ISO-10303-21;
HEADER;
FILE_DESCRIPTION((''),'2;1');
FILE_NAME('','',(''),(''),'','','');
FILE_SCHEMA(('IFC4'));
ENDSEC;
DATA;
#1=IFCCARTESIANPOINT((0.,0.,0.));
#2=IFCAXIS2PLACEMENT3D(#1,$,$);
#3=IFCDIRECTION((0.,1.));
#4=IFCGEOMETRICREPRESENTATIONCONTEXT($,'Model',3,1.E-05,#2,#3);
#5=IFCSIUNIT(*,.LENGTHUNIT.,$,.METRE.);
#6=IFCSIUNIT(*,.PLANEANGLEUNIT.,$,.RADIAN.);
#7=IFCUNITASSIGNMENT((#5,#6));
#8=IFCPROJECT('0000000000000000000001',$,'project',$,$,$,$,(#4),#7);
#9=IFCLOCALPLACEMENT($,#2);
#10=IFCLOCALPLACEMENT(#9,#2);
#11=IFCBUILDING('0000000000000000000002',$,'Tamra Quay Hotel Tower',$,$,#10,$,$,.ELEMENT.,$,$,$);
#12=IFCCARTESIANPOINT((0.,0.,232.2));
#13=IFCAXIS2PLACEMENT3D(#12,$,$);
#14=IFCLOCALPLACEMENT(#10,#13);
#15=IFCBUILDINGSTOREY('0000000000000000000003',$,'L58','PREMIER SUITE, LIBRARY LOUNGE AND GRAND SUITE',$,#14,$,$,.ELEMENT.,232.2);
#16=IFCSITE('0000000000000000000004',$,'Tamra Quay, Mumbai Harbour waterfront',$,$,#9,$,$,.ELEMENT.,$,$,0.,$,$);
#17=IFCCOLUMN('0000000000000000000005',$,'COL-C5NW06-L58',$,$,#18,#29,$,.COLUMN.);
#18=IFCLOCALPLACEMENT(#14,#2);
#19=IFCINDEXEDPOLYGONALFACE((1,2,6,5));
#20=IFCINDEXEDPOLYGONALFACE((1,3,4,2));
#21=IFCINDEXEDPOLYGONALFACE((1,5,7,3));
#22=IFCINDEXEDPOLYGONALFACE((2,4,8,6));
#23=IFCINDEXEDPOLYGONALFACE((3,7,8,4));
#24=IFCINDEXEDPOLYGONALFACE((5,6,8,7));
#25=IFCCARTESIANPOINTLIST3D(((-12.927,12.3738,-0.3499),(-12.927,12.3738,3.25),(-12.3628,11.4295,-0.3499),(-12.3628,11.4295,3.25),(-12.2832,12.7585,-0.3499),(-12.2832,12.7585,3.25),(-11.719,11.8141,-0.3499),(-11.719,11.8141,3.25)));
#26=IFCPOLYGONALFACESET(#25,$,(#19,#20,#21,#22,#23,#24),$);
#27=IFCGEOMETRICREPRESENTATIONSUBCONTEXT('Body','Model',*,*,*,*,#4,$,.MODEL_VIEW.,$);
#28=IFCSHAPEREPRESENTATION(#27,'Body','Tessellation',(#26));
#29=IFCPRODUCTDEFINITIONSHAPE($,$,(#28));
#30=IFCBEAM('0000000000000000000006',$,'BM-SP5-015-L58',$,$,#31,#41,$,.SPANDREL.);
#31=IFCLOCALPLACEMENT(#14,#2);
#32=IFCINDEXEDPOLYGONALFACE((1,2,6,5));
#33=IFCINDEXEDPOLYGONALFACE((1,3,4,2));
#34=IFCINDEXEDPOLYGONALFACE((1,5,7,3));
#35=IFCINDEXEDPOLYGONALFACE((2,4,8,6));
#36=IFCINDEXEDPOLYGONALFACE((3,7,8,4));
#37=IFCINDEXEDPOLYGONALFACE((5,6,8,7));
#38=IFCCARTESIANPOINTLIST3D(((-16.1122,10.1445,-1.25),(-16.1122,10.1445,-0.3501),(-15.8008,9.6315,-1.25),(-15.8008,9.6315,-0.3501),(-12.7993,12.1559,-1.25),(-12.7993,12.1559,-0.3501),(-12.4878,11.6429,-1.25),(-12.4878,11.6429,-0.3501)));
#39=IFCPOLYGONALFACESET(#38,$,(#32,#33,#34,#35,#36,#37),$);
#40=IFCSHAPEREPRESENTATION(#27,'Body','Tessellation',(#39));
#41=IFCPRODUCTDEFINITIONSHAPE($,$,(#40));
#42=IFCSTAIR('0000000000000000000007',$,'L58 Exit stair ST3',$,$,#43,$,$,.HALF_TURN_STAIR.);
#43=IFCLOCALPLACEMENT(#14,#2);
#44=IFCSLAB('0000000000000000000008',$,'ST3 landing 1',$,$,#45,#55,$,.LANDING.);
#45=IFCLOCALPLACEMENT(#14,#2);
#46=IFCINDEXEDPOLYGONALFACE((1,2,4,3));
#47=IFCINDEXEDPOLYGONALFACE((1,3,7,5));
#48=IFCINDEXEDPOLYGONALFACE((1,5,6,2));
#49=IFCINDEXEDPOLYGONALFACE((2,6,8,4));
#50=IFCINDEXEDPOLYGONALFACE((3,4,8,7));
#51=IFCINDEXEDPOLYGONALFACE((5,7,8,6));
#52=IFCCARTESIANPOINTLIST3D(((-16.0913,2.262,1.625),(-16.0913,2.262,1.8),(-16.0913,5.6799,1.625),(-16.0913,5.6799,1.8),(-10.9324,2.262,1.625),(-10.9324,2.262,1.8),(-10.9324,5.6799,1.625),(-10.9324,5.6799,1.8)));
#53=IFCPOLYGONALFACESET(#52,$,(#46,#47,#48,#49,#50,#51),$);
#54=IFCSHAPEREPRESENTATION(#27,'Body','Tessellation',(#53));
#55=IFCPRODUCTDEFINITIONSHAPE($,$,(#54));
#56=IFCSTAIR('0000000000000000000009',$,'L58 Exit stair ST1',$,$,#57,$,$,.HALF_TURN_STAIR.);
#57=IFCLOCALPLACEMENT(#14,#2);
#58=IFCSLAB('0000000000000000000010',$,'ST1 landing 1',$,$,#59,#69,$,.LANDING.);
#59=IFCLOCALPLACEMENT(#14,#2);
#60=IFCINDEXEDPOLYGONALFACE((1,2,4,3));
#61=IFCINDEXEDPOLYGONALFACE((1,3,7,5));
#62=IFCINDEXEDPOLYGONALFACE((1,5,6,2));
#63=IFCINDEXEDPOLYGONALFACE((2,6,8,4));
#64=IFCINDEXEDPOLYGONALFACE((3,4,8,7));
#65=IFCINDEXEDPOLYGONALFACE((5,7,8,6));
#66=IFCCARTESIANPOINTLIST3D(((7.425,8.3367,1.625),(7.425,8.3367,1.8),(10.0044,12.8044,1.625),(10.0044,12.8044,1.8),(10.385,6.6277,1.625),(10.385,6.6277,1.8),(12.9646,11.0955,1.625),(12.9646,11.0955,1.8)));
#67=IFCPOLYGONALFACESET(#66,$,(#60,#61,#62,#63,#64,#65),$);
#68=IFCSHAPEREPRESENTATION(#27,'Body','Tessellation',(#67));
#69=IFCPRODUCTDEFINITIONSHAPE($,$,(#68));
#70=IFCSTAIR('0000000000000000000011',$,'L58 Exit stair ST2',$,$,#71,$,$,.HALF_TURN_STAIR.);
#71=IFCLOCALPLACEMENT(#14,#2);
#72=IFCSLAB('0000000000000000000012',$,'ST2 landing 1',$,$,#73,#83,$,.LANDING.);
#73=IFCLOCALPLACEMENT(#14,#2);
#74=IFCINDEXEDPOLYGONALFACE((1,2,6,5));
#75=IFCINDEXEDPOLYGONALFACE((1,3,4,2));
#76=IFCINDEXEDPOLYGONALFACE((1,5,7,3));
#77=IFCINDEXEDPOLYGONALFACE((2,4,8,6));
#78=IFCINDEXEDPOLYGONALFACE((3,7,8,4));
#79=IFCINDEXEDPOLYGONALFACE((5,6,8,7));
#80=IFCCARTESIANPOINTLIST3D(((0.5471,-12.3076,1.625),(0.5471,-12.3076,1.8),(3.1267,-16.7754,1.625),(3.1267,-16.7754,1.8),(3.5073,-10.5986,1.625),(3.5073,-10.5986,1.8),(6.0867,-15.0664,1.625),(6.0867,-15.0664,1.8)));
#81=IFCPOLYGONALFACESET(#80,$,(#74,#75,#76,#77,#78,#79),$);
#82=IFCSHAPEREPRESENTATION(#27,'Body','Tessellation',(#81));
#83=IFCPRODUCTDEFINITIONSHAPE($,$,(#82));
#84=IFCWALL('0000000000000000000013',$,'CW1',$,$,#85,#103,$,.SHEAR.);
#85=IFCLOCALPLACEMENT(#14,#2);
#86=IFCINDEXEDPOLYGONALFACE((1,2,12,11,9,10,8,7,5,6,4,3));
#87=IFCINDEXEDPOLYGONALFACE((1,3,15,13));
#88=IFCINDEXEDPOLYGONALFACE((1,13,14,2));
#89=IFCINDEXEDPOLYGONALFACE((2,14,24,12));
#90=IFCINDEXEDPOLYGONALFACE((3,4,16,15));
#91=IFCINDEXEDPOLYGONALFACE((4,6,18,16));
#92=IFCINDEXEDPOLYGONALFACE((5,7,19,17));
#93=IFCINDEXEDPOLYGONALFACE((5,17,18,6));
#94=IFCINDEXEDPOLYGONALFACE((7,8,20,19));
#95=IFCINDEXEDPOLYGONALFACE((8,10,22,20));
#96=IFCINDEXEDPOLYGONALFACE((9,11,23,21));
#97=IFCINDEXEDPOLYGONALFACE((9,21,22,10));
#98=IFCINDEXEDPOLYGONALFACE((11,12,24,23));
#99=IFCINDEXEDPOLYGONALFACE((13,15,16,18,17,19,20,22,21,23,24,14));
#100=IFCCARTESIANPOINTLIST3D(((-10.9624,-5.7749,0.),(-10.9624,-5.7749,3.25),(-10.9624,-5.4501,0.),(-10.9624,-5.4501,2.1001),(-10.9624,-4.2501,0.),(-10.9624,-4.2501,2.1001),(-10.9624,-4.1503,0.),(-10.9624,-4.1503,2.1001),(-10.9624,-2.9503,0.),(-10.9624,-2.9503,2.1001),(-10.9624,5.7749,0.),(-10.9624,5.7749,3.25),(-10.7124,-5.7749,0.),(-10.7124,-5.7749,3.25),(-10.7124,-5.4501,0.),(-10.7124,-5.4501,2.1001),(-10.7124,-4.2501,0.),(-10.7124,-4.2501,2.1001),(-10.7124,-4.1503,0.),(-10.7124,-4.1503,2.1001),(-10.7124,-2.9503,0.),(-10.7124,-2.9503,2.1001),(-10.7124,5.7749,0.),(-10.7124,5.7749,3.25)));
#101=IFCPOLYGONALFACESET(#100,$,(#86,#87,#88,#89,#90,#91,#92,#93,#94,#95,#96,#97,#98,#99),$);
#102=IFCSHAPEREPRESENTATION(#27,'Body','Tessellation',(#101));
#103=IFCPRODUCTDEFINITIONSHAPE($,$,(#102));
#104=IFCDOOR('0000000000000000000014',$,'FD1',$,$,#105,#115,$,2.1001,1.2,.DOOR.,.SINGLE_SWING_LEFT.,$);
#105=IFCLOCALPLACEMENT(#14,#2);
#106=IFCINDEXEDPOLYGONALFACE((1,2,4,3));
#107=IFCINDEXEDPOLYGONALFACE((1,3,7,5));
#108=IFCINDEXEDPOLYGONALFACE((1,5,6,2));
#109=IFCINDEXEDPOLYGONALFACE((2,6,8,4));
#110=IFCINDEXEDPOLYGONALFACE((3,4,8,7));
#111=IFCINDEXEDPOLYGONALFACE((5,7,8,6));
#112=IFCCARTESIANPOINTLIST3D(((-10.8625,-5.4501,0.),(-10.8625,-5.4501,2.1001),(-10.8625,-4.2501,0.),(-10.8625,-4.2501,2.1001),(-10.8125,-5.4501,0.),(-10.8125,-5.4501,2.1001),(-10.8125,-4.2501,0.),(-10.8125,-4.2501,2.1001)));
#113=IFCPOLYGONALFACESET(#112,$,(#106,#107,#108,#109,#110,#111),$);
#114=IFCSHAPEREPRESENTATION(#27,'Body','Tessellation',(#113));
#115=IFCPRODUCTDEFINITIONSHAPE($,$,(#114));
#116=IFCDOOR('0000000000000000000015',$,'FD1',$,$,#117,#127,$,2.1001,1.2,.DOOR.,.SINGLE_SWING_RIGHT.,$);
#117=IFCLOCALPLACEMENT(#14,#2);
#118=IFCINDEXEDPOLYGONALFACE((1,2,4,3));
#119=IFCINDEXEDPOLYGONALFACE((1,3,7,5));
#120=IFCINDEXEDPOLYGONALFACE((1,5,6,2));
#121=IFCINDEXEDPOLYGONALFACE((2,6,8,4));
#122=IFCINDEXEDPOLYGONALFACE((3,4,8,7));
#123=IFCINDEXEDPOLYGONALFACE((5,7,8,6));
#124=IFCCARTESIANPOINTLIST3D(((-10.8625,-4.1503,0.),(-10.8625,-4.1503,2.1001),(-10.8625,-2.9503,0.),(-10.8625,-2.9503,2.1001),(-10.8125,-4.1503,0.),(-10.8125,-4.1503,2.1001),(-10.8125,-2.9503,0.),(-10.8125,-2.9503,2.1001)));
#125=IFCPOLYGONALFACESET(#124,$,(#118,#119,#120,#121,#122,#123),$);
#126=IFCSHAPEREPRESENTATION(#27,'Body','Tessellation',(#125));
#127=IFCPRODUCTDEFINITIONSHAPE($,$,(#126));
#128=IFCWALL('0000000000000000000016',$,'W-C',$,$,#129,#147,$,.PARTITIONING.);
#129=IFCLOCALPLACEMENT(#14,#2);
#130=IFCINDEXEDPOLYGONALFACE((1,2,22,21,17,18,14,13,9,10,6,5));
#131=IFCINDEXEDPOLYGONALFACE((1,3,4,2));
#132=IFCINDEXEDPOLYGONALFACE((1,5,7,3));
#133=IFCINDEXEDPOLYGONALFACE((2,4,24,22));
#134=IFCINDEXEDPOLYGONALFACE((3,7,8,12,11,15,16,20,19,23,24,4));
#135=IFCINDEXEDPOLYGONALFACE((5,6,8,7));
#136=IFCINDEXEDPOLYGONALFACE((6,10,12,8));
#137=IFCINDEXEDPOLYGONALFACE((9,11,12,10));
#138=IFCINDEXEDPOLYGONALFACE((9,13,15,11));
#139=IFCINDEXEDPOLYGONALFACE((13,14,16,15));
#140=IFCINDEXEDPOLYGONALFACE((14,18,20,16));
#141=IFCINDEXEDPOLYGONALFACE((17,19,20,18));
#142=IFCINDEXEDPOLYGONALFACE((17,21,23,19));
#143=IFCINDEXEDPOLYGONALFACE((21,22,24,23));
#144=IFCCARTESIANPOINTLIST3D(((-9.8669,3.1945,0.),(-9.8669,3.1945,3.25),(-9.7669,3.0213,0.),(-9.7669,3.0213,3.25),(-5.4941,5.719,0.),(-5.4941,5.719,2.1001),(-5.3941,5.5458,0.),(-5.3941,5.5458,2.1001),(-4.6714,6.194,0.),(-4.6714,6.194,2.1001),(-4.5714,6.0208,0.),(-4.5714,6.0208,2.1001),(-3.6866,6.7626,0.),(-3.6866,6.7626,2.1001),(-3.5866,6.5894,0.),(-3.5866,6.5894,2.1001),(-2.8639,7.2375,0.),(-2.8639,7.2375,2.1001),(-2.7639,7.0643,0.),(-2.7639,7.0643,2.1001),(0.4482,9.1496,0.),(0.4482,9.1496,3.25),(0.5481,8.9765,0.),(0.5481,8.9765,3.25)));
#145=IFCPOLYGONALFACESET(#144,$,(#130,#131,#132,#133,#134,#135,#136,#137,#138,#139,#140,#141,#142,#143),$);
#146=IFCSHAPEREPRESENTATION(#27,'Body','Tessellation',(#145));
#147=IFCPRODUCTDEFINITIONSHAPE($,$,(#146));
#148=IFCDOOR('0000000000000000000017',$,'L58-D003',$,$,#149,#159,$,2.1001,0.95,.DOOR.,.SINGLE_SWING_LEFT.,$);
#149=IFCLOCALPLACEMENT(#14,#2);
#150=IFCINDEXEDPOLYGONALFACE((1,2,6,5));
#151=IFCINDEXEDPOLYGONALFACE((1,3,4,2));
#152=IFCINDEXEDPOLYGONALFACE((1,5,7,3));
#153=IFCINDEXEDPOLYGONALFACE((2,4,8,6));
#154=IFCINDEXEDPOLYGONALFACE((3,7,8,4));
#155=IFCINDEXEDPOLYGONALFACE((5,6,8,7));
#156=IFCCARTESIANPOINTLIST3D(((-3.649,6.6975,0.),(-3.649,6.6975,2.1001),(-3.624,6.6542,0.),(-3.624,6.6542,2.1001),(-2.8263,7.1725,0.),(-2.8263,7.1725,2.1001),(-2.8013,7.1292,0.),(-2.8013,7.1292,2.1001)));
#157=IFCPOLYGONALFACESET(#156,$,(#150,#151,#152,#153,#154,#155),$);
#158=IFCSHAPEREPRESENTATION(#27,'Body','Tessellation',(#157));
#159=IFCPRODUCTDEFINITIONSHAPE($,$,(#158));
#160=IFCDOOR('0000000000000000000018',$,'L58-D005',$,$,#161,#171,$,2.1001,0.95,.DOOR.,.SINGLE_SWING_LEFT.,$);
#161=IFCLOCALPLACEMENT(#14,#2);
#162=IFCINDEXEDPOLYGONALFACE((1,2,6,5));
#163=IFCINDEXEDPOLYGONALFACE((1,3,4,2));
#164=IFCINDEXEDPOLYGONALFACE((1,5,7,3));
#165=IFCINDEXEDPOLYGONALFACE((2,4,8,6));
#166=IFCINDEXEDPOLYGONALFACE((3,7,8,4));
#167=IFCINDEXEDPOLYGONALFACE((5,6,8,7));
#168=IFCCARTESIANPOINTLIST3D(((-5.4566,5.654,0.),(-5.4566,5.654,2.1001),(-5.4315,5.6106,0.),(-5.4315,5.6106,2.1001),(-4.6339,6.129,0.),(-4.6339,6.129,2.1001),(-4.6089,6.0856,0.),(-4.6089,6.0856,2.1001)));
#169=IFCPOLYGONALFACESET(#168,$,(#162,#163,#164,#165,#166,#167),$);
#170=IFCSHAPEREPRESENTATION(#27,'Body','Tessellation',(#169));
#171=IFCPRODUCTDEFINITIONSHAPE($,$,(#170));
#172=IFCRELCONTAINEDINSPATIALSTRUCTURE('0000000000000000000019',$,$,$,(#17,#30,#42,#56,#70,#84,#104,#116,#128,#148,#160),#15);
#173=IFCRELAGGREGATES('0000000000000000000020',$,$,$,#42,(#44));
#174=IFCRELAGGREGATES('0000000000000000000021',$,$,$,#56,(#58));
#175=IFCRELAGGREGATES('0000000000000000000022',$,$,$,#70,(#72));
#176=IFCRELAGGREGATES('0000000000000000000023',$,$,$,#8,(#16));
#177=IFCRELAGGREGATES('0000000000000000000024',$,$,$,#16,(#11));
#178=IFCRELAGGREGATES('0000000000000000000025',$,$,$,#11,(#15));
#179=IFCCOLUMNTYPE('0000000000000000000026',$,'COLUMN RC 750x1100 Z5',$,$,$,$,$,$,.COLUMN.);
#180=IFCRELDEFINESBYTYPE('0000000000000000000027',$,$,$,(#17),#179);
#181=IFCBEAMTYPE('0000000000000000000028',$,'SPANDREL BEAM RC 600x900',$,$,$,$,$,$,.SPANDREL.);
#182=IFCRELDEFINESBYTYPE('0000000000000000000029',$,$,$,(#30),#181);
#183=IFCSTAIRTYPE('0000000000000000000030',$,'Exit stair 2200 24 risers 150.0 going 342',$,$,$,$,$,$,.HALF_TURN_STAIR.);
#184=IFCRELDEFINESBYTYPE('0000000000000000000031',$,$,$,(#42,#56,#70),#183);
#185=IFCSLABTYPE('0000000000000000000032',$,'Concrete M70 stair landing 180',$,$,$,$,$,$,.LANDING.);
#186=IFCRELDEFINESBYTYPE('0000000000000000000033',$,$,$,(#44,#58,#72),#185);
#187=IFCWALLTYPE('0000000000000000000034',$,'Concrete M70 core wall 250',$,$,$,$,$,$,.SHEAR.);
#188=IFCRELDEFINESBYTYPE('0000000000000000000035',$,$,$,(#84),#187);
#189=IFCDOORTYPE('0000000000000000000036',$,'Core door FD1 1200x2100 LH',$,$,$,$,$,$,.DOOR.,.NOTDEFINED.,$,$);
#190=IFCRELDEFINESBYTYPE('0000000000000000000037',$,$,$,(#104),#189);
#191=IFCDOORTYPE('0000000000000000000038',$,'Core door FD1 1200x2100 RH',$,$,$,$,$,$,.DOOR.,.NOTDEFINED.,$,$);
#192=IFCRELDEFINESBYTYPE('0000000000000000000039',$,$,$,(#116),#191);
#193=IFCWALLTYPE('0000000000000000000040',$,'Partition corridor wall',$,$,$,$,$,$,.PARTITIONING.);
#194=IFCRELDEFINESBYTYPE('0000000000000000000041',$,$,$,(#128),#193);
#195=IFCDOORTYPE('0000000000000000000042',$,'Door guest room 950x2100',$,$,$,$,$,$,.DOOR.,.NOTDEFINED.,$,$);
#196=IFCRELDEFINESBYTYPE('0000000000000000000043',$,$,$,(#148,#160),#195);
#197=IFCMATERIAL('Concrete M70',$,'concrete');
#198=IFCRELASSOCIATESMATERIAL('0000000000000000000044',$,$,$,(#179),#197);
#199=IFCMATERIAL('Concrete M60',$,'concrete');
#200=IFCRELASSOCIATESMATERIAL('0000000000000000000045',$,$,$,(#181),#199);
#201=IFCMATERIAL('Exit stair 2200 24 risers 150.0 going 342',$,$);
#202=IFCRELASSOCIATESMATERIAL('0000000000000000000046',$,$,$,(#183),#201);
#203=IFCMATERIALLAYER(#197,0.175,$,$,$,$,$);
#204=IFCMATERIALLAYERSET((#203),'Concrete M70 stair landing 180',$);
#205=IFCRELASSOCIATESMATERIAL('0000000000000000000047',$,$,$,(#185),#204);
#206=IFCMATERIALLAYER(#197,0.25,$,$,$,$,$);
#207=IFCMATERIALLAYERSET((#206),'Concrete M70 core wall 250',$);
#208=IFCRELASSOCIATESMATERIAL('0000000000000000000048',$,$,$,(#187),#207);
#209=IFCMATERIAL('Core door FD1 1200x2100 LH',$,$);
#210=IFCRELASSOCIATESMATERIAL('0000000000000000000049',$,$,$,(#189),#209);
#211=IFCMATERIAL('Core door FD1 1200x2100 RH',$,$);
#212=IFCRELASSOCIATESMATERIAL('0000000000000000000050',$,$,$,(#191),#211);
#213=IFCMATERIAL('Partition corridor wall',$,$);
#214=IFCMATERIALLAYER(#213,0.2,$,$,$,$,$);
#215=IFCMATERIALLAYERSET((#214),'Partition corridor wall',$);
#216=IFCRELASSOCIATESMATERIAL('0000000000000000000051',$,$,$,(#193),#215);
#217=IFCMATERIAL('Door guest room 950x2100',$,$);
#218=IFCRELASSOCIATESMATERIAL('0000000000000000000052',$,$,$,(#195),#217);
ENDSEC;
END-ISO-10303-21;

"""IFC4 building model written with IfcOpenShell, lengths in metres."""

from ifc_helpers import new_model, si_unit, direction, frame, frame_2d, origin, origin_2d, place, context, subcontext, project, spatial, polyline, rectangle, outline, extrude, material, layer, layer_set, material_profile, profile_set, type_object, element, fill, aggregate, save


model = new_model("IFC4")

# Units and contexts
model_context = context("Model", 3, precision=1e-05, world=origin(), true_north=direction((0.0, 1.0)))
body_context = subcontext(model_context, "Body", "Model", "MODEL_VIEW")
ifc_project = project(units=[si_unit("LENGTHUNIT", "METRE"), si_unit("PLANEANGLEUNIT", "RADIAN")], contexts=[model_context])

# Site, building, storey
site_placement = place(None, origin())
site = spatial("IfcSite", under=ifc_project, at=site_placement, Name="Tamra Quay, Mumbai Harbour waterfront", CompositionType="ELEMENT", RefElevation=0.0)
building_placement = place(site_placement, origin())
building = spatial("IfcBuilding", under=site, at=building_placement, Name="Tamra Quay Hotel Tower", CompositionType="ELEMENT")
storey_placement = place(building_placement, frame((0.0, 0.0, 232.2)))
storey = spatial("IfcBuildingStorey", under=building, at=storey_placement, Name="L58", Description="PREMIER SUITE, LIBRARY LOUNGE AND GRAND SUITE", CompositionType="ELEMENT", Elevation=232.2)

# Column
ifc_material_1 = material(Name="Concrete M70", Category="concrete")
ifc_material_profile_1 = material_profile(ifc_material_1, rectangle(XDim=1.1001, YDim=0.75, at=origin_2d()), Name="COLUMN RC 750x1100 Z5")
ifc_profile_set_1 = profile_set([ifc_material_profile_1], Name="Concrete M70")
column_type = type_object("IfcColumnType", Name="COLUMN RC 750x1100 Z5", PredefinedType="COLUMN", material=ifc_profile_set_1)
column_placement = place(storey_placement, frame((-12.323, 12.094, -0.3499), z_axis=(0.0, 0.0, 1.0), x_axis=(-0.512899, 0.858449, 0.0)))
element("IfcColumn", 1, at=column_placement, inside=storey, type_object=column_type, Name="COL-C5NW06-L58", PredefinedType="COLUMN", context=body_context, shape_type="SweptSolid", body=[
    extrude(rectangle(XDim=1.1001, YDim=0.75, at=origin_2d()), origin(), (0.0, 0.0, 1.0), 3.5999),
])

# Beam
ifc_material_2 = material(Name="Concrete M60", Category="concrete")
ifc_material_profile_2 = material_profile(ifc_material_2, rectangle(XDim=0.6001, YDim=0.8999, at=origin_2d()), Name="SPANDREL BEAM RC 600x900")
ifc_profile_set_2 = profile_set([ifc_material_profile_2], Name="Concrete M60")
beam_type = type_object("IfcBeamType", Name="SPANDREL BEAM RC 600x900", PredefinedType="SPANDREL", material=ifc_profile_set_2)
beam_placement = place(storey_placement, frame((-12.6436, 11.8994, -0.8), z_axis=(-0.854786, -0.518981, 0.0), x_axis=(0.518981, -0.854786, 0.0)))
element("IfcBeam", 2, at=beam_placement, inside=storey, type_object=beam_type, Name="BM-SP5-015-L58", PredefinedType="SPANDREL", context=body_context, shape_type="SweptSolid", body=[
    extrude(rectangle(XDim=0.6001, YDim=0.8999, at=origin_2d()), origin(), (0.0, 0.0, 1.0), 3.8757),
])

# Stairs, slabs
ifc_material_3 = material(Name="Exit stair 2200 24 risers 150.0 going 342")
stair_type = type_object("IfcStairType", Name="Exit stair 2200 24 risers 150.0 going 342", PredefinedType="HALF_TURN_STAIR", material=ifc_material_3)
stair_1_placement = place(storey_placement, origin())
stair_1 = element("IfcStair", 3, at=stair_1_placement, inside=storey, type_object=stair_type, Name="L58 Exit stair ST3", PredefinedType="HALF_TURN_STAIR")
ifc_layer_1 = layer(ifc_material_1, 0.175)
ifc_layer_set_1 = layer_set([ifc_layer_1], Name="Concrete M70 stair landing 180")
slab_type_1 = type_object("IfcSlabType", Name="Concrete M70 stair landing 180", PredefinedType="LANDING", material=ifc_layer_set_1)
slab_1_placement = place(storey_placement, frame((0.0, 0.0, 1.625)))
slab_1 = element("IfcSlab", 4, at=slab_1_placement, type_object=slab_type_1, Name="ST3 landing 1", PredefinedType="LANDING", context=body_context, shape_type="SweptSolid", body=[
    extrude(outline(polyline([(-10.9324, 2.262), (-10.9324, 5.6799), (-16.0913, 5.6799), (-16.0913, 2.262), (-10.9324, 2.262)])), origin(), (0.0, 0.0, 1.0), 0.175),
])
aggregate(stair_1, [slab_1])
stair_2_placement = place(storey_placement, origin())
stair_2 = element("IfcStair", 5, at=stair_2_placement, inside=storey, type_object=stair_type, Name="L58 Exit stair ST1", PredefinedType="HALF_TURN_STAIR")
slab_2_placement = place(storey_placement, frame((0.0, 0.0, 1.625)))
slab_2 = element("IfcSlab", 6, at=slab_2_placement, type_object=slab_type_1, Name="ST1 landing 1", PredefinedType="LANDING", context=body_context, shape_type="SweptSolid", body=[
    extrude(outline(polyline([(7.425, 8.3367), (10.385, 6.6277), (12.9646, 11.0955), (10.0044, 12.8044), (7.425, 8.3367)])), origin(), (0.0, 0.0, 1.0), 0.175),
])
aggregate(stair_2, [slab_2])
stair_3_placement = place(storey_placement, origin())
stair_3 = element("IfcStair", 7, at=stair_3_placement, inside=storey, type_object=stair_type, Name="L58 Exit stair ST2", PredefinedType="HALF_TURN_STAIR")
slab_3_placement = place(storey_placement, frame((0.0, 0.0, 1.625)))
slab_3 = element("IfcSlab", 8, at=slab_3_placement, type_object=slab_type_1, Name="ST2 landing 1", PredefinedType="LANDING", context=body_context, shape_type="SweptSolid", body=[
    extrude(outline(polyline([(3.5073, -10.5986), (0.5471, -12.3076), (3.1267, -16.7754), (6.0867, -15.0664), (3.5073, -10.5986)])), origin(), (0.0, 0.0, 1.0), 0.175),
])
aggregate(stair_3, [slab_3])

# Walls, openings, doors
ifc_layer_2 = layer(ifc_material_1, 0.25)
ifc_layer_set_2 = layer_set([ifc_layer_2], Name="Concrete M70 core wall 250")
wall_type_1 = type_object("IfcWallType", Name="Concrete M70 core wall 250", PredefinedType="SHEAR", material=ifc_layer_set_2)
wall_1_placement = place(storey_placement, frame((-10.8374, 5.7749, 0.0), z_axis=(0.0, 0.0, 1.0), x_axis=(0.0, -1.0, 0.0)))
wall_1 = element("IfcWall", 9, at=wall_1_placement, inside=storey, type_object=wall_type_1, Name="CW1", PredefinedType="SHEAR", context=body_context, shape_type="SweptSolid", body=[
    extrude(rectangle(XDim=11.5498, YDim=0.25, at=frame_2d((5.7749, 0.0))), origin(), (0.0, 0.0, 1.0), 3.25),
])
opening_1_placement = place(wall_1_placement, frame((10.0249, 0.0, 0.0)))
opening_1 = element("IfcOpeningElement", 10, at=opening_1_placement, cuts=wall_1, PredefinedType="OPENING", context=body_context, shape_type="SweptSolid", body=[
    extrude(rectangle(XDim=1.2, YDim=2.1001, at=frame_2d((0.6001, 1.05))), frame((0.0, 0.135, 0.0), z_axis=(0.0, -1.0, 0.0), x_axis=(1.0, 0.0, 0.0)), (0.0, 0.0, 1.0), 0.27),
])
opening_2_placement = place(wall_1_placement, frame((8.7251, 0.0, 0.0)))
opening_2 = element("IfcOpeningElement", 11, at=opening_2_placement, cuts=wall_1, PredefinedType="OPENING", context=body_context, shape_type="SweptSolid", body=[
    extrude(rectangle(XDim=1.2, YDim=2.1001, at=frame_2d((0.6001, 1.05))), frame((0.0, 0.135, 0.0), z_axis=(0.0, -1.0, 0.0), x_axis=(1.0, 0.0, 0.0)), (0.0, 0.0, 1.0), 0.27),
])
ifc_material_4 = material(Name="Core door FD1 1200x2100 LH")
door_type_1 = type_object("IfcDoorType", Name="Core door FD1 1200x2100 LH", OperationType="NOTDEFINED", PredefinedType="DOOR", material=ifc_material_4)
door_1_placement = place(opening_1_placement, origin())
door_1 = element("IfcDoor", 12, at=door_1_placement, inside=storey, type_object=door_type_1, Name="FD1", OperationType="SINGLE_SWING_LEFT", OverallHeight=2.1001, OverallWidth=1.2, PredefinedType="DOOR", context=body_context, shape_type="SweptSolid", body=[
    extrude(rectangle(XDim=1.2, YDim=2.1001, at=frame_2d((0.6001, 1.05))), frame((0.0, 0.0249, 0.0), z_axis=(0.0, -1.0, 0.0), x_axis=(1.0, 0.0, 0.0)), (0.0, 0.0, 1.0), 0.05),
])
fill(opening_1, door_1)
ifc_material_5 = material(Name="Core door FD1 1200x2100 RH")
door_type_2 = type_object("IfcDoorType", Name="Core door FD1 1200x2100 RH", OperationType="NOTDEFINED", PredefinedType="DOOR", material=ifc_material_5)
door_2_placement = place(opening_2_placement, origin())
door_2 = element("IfcDoor", 13, at=door_2_placement, inside=storey, type_object=door_type_2, Name="FD1", OperationType="SINGLE_SWING_RIGHT", OverallHeight=2.1001, OverallWidth=1.2, PredefinedType="DOOR", context=body_context, shape_type="SweptSolid", body=[
    extrude(rectangle(XDim=1.2, YDim=2.1001, at=frame_2d((0.6001, 1.05))), frame((0.0, 0.0249, 0.0), z_axis=(0.0, -1.0, 0.0), x_axis=(1.0, 0.0, 0.0)), (0.0, 0.0, 1.0), 0.05),
])
fill(opening_2, door_2)
ifc_material_6 = material(Name="Partition corridor wall")
ifc_layer_3 = layer(ifc_material_6, 0.2)
ifc_layer_set_3 = layer_set([ifc_layer_3], Name="Partition corridor wall")
wall_type_2 = type_object("IfcWallType", Name="Partition corridor wall", PredefinedType="PARTITIONING", material=ifc_layer_set_3)
wall_2_placement = place(storey_placement, frame((-9.8169, 3.1079, 0.0), z_axis=(0.0, 0.0, 1.0), x_axis=(0.866035, 0.499984, 0.0)))
wall_2 = element("IfcWall", 14, at=wall_2_placement, inside=storey, type_object=wall_type_2, Name="W-C", PredefinedType="PARTITIONING", context=body_context, shape_type="SweptSolid", body=[
    extrude(rectangle(XDim=11.9106, YDim=0.2, at=frame_2d((5.9553, 0.0))), origin(), (0.0, 0.0, 1.0), 3.25),
])
opening_3_placement = place(wall_2_placement, frame((7.1362, 0.0, 0.0)))
opening_3 = element("IfcOpeningElement", 15, at=opening_3_placement, cuts=wall_2, PredefinedType="OPENING", context=body_context, shape_type="SweptSolid", body=[
    extrude(rectangle(XDim=0.95, YDim=2.1001, at=frame_2d((0.4751, 1.05))), frame((0.0, 0.1099, 0.0), z_axis=(0.0, -1.0, 0.0), x_axis=(1.0, 0.0, 0.0)), (0.0, 0.0, 1.0), 0.22),
])
opening_4_placement = place(wall_2_placement, frame((5.0491, 0.0, 0.0)))
opening_4 = element("IfcOpeningElement", 16, at=opening_4_placement, cuts=wall_2, PredefinedType="OPENING", context=body_context, shape_type="SweptSolid", body=[
    extrude(rectangle(XDim=0.95, YDim=2.1001, at=frame_2d((0.4751, 1.05))), frame((0.0, 0.1099, 0.0), z_axis=(0.0, -1.0, 0.0), x_axis=(1.0, 0.0, 0.0)), (0.0, 0.0, 1.0), 0.22),
])
ifc_material_7 = material(Name="Door guest room 950x2100")
door_type_3 = type_object("IfcDoorType", Name="Door guest room 950x2100", OperationType="NOTDEFINED", PredefinedType="DOOR", material=ifc_material_7)
door_3_placement = place(opening_3_placement, origin())
door_3 = element("IfcDoor", 17, at=door_3_placement, inside=storey, type_object=door_type_3, Name="L58-D003", OperationType="SINGLE_SWING_LEFT", OverallHeight=2.1001, OverallWidth=0.95, PredefinedType="DOOR", context=body_context, shape_type="SweptSolid", body=[
    extrude(rectangle(XDim=0.95, YDim=2.1001, at=frame_2d((0.4751, 1.05))), frame((0.0, 0.0249, 0.0), z_axis=(0.0, -1.0, 0.0), x_axis=(1.0, 0.0, 0.0)), (0.0, 0.0, 1.0), 0.05),
])
fill(opening_3, door_3)
door_4_placement = place(opening_4_placement, origin())
door_4 = element("IfcDoor", 18, at=door_4_placement, inside=storey, type_object=door_type_3, Name="L58-D005", OperationType="SINGLE_SWING_LEFT", OverallHeight=2.1001, OverallWidth=0.95, PredefinedType="DOOR", context=body_context, shape_type="SweptSolid", body=[
    extrude(rectangle(XDim=0.95, YDim=2.1001, at=frame_2d((0.4751, 1.05))), frame((0.0, 0.0249, 0.0), z_axis=(0.0, -1.0, 0.0), x_axis=(1.0, 0.0, 0.0)), (0.0, 0.0, 1.0), 0.05),
])
fill(opening_4, door_4)

save(model, "model.ifc")
